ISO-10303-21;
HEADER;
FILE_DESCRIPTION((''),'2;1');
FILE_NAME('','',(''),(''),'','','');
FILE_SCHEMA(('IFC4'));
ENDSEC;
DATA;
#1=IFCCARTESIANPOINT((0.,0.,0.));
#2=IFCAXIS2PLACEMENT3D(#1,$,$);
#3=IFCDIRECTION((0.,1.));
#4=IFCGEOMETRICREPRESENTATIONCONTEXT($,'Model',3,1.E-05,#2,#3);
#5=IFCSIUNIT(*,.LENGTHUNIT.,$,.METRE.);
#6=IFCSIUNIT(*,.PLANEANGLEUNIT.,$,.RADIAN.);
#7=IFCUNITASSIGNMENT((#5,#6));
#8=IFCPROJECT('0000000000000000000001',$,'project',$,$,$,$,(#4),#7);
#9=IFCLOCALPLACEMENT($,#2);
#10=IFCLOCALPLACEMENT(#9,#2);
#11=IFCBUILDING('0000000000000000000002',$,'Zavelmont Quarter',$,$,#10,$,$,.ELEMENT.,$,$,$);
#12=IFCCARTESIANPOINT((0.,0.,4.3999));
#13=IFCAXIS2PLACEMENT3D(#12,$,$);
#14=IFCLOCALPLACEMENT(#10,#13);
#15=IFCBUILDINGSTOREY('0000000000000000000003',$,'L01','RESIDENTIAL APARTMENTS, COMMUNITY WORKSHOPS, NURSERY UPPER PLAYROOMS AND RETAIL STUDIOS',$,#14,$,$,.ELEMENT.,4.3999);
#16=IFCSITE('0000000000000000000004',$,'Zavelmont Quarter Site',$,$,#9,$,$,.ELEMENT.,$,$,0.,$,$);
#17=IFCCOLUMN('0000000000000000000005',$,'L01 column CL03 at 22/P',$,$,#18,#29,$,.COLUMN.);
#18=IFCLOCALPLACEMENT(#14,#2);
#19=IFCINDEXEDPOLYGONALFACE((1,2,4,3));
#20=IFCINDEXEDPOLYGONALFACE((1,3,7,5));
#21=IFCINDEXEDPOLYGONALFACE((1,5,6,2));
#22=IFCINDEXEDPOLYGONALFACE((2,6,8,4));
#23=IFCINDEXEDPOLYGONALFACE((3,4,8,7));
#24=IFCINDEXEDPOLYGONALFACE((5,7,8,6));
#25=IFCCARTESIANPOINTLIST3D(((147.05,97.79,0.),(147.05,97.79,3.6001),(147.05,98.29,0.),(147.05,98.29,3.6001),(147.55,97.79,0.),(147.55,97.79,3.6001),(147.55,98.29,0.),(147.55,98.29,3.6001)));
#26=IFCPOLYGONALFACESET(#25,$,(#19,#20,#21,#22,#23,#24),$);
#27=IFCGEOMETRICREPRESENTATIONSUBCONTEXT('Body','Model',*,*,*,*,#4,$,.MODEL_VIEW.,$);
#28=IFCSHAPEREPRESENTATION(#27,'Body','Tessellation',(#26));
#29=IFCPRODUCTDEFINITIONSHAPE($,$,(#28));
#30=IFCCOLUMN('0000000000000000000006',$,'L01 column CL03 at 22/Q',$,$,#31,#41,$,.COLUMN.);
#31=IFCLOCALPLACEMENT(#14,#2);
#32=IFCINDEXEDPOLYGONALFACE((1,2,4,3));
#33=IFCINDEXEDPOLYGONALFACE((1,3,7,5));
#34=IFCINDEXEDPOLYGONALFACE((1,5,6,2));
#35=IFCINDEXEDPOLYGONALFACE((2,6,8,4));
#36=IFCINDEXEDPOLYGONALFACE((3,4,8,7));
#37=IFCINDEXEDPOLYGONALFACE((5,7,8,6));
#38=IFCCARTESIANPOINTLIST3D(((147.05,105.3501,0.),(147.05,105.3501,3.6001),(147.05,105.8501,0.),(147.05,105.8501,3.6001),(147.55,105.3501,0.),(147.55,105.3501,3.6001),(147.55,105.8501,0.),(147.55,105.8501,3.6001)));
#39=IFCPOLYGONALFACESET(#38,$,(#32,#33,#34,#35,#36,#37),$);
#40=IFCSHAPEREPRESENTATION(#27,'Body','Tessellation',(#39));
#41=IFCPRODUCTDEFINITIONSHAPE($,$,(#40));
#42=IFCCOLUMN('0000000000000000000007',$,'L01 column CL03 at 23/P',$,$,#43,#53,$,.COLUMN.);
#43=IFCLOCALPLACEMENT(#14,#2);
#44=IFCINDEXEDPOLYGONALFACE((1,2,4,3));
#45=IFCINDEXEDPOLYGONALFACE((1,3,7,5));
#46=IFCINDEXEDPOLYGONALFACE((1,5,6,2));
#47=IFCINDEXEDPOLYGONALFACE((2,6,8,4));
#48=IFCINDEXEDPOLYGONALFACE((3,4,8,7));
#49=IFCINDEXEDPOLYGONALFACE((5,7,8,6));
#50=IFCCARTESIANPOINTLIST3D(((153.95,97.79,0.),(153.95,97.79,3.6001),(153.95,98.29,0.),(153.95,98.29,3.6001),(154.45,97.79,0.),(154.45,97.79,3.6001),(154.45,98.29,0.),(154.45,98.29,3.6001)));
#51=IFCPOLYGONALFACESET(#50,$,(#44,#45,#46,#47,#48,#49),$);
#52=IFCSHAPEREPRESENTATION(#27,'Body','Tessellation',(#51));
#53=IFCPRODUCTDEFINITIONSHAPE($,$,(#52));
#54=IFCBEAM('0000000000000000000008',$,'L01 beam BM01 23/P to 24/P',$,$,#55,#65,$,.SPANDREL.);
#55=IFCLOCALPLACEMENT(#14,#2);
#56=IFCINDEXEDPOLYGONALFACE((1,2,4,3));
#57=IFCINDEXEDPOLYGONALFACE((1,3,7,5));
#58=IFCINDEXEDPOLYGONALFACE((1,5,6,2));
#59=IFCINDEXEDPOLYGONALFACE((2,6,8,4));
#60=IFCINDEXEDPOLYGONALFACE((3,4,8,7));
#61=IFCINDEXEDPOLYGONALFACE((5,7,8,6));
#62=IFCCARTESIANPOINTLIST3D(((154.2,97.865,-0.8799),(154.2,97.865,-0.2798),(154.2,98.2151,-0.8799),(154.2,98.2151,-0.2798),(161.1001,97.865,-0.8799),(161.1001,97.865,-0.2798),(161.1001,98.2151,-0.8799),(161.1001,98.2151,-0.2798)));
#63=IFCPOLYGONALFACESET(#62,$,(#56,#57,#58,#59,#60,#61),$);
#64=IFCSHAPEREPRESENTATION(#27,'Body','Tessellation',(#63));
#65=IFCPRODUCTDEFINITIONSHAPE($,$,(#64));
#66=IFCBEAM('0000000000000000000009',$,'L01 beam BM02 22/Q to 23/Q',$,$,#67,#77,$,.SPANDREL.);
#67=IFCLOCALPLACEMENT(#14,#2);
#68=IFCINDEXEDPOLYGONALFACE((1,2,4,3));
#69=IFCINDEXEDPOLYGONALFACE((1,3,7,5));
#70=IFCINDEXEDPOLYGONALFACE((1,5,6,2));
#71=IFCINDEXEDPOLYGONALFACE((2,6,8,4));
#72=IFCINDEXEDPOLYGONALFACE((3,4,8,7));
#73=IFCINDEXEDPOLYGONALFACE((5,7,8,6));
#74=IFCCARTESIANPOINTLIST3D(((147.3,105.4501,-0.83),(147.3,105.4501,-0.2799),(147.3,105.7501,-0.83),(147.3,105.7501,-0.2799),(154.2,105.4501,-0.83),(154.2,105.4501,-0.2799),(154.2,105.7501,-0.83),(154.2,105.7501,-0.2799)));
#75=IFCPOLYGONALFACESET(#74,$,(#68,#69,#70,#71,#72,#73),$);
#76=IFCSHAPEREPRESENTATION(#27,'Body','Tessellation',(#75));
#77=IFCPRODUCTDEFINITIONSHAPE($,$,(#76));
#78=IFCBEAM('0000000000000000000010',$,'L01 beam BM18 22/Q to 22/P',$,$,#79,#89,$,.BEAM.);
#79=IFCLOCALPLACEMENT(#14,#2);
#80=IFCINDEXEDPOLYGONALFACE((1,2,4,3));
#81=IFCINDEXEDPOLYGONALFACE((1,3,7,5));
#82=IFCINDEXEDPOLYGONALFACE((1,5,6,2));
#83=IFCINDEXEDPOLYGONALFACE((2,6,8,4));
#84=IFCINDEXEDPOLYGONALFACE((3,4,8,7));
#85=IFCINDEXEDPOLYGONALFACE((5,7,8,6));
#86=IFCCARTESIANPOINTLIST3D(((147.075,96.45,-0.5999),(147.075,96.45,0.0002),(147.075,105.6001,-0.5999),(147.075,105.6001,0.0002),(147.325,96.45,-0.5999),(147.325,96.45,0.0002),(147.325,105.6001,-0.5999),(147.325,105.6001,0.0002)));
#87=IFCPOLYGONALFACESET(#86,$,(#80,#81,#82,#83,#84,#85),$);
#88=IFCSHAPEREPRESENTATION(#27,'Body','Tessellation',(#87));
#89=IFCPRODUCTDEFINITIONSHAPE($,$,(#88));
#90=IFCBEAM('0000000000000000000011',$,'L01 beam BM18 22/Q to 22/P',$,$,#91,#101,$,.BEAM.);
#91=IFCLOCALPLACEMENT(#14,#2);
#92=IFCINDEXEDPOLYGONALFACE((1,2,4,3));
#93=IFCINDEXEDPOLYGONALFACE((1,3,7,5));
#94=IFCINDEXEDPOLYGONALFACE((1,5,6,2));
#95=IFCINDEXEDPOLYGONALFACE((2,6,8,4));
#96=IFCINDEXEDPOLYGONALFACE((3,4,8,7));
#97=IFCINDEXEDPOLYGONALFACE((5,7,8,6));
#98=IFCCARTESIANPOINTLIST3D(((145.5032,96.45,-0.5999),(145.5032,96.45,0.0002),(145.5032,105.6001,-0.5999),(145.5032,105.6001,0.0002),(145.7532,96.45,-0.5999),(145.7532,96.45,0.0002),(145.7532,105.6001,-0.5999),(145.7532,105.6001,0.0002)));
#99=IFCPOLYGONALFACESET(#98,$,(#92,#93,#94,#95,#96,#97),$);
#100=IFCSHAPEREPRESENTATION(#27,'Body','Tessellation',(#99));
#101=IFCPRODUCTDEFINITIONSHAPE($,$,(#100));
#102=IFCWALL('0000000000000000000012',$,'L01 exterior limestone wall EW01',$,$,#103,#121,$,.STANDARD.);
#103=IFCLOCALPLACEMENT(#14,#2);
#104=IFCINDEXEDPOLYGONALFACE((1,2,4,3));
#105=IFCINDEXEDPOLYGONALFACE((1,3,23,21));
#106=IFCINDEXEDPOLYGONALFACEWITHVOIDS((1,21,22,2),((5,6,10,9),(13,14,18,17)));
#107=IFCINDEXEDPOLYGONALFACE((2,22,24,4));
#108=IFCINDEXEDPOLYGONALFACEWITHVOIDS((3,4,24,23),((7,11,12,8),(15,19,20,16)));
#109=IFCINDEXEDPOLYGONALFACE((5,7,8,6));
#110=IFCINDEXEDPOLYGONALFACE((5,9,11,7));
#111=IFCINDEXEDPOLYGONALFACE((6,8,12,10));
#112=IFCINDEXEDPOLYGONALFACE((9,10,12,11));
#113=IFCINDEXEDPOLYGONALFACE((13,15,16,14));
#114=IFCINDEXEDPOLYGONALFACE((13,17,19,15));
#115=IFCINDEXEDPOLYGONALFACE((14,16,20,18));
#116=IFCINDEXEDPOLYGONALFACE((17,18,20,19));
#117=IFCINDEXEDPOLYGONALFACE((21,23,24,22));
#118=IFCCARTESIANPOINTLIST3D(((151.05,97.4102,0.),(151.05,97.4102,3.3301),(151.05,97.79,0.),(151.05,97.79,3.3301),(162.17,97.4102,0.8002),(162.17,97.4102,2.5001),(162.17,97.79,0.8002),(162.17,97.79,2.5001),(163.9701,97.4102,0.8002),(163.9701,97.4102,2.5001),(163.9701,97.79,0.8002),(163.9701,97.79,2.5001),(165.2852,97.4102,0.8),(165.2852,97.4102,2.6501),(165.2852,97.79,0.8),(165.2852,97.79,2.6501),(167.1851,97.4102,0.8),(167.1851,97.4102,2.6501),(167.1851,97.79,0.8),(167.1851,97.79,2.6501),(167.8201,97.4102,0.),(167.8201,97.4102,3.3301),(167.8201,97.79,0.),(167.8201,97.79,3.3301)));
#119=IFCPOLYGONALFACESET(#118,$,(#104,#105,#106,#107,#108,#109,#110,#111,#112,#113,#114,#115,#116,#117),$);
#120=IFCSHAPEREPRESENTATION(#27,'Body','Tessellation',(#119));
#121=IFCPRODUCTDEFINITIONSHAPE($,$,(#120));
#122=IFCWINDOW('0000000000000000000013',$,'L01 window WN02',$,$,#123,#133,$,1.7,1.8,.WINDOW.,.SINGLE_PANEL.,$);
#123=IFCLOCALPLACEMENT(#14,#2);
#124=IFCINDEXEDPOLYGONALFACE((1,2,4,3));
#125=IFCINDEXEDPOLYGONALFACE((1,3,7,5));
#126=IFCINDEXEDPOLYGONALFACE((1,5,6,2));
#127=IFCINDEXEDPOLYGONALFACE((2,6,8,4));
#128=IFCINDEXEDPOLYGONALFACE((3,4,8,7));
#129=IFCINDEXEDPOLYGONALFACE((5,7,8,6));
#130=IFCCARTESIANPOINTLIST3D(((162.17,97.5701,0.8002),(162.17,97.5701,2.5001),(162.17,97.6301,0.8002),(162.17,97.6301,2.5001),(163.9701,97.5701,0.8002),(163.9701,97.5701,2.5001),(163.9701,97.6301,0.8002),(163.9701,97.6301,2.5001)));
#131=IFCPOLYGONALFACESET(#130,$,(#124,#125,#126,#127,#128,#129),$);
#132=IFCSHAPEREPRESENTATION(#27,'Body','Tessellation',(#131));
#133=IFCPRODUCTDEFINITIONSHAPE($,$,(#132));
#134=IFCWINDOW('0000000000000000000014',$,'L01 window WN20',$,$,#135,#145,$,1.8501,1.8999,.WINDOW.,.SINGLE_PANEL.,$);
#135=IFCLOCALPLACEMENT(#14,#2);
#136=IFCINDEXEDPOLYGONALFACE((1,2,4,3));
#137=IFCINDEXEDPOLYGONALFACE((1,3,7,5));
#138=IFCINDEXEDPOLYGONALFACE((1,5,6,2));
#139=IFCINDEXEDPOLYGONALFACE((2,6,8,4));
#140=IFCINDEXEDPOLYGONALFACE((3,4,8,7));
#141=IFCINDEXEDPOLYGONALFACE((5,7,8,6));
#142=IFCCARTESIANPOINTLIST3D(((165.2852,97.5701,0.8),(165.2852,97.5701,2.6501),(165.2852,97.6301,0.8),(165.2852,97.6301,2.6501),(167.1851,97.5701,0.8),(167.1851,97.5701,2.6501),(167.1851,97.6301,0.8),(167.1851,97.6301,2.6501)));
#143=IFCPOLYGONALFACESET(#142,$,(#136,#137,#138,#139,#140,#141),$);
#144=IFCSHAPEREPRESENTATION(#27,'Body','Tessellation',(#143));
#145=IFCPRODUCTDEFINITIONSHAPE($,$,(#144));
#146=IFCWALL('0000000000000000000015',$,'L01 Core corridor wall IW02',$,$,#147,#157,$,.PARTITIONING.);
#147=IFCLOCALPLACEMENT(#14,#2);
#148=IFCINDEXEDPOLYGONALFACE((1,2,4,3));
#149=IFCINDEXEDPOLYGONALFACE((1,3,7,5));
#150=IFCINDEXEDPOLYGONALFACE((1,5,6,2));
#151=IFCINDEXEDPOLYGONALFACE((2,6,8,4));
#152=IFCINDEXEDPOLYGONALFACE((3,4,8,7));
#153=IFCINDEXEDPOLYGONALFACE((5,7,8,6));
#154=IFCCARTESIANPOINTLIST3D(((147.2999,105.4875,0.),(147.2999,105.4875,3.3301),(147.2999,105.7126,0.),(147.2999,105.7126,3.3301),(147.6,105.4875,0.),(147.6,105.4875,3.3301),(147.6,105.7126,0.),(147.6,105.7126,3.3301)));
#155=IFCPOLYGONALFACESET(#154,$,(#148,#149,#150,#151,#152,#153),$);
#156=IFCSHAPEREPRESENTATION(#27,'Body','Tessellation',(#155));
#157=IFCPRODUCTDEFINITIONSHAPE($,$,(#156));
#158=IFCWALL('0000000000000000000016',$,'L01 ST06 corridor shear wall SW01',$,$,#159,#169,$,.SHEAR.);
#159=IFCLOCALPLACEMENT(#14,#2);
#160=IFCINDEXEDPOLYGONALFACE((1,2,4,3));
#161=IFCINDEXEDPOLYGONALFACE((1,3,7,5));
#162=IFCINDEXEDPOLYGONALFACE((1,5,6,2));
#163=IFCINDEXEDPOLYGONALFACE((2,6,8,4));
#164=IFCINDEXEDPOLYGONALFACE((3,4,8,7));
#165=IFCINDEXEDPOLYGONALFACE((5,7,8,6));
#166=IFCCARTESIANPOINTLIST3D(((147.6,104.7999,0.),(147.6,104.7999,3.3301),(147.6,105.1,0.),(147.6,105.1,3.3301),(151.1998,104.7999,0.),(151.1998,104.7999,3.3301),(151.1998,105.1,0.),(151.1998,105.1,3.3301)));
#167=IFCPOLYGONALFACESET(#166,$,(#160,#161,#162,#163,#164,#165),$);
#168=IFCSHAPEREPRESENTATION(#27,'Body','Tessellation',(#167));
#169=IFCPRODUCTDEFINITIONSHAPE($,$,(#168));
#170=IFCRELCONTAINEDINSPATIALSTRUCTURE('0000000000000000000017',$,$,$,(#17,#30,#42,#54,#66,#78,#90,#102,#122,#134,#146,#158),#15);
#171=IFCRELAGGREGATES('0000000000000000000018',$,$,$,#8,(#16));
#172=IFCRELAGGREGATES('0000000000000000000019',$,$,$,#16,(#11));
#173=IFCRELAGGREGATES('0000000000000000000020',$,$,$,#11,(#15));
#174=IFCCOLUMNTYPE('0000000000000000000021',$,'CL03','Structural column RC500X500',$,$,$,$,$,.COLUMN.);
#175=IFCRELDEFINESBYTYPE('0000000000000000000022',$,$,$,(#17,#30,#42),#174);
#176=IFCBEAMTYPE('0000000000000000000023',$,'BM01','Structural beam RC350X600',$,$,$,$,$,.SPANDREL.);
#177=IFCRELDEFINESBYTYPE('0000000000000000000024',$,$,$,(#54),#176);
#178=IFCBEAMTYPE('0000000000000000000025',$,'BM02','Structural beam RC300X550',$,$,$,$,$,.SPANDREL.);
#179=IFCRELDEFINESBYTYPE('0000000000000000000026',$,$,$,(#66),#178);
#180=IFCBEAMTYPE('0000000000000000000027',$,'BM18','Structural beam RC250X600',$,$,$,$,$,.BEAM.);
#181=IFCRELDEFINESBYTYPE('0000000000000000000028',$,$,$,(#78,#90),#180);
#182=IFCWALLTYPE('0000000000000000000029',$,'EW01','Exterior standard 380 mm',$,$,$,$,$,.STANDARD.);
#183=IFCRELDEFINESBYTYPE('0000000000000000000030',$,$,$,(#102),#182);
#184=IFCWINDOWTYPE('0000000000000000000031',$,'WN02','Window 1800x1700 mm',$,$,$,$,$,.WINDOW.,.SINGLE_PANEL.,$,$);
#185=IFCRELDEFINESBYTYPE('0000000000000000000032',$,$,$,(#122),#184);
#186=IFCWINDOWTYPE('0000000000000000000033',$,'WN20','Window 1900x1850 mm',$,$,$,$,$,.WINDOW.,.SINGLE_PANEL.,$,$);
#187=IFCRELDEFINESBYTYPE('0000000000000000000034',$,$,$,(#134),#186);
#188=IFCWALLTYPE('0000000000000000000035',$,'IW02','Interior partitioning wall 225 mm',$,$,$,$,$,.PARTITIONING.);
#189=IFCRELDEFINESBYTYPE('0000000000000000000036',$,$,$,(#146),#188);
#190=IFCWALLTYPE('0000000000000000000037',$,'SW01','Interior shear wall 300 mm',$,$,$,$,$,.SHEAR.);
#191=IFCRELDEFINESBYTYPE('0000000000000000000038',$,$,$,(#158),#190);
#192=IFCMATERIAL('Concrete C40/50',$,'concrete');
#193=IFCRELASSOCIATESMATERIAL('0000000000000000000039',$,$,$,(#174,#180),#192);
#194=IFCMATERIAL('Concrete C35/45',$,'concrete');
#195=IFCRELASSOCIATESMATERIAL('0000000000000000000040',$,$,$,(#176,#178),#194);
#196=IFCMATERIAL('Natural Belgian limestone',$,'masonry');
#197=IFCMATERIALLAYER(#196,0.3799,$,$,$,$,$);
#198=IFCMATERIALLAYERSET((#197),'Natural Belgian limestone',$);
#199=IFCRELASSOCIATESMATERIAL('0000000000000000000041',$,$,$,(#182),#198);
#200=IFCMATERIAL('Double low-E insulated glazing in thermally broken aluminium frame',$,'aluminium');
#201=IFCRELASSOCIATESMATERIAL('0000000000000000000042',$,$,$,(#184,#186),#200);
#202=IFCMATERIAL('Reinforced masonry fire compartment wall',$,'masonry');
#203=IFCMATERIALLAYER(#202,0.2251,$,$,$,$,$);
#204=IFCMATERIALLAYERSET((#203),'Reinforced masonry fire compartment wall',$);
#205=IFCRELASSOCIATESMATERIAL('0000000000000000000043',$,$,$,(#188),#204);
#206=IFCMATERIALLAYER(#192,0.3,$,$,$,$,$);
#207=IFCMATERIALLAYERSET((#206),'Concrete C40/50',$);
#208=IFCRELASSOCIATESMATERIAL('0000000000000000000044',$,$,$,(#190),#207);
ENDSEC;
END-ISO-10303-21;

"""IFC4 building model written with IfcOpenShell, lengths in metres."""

from ifc_helpers import new_model, si_unit, direction, frame, frame_2d, origin, origin_with_axes, origin_2d, place, context, subcontext, project, spatial, rectangle, extrude, material, layer, layer_set, material_profile, profile_set, type_object, element, fill, save


model = new_model("IFC4")

# Units and contexts
model_context = context("Model", 3, precision=1e-05, world=origin(), true_north=direction((0.0, 1.0)))
body_context = subcontext(model_context, "Body", "Model", "MODEL_VIEW")
ifc_project = project(units=[si_unit("LENGTHUNIT", "METRE"), si_unit("PLANEANGLEUNIT", "RADIAN")], contexts=[model_context])

# Site, building, storey
site_placement = place(None, origin())
site = spatial("IfcSite", under=ifc_project, at=site_placement, Name="Zavelmont Quarter Site", CompositionType="ELEMENT", RefElevation=0.0)
building_placement = place(site_placement, origin())
building = spatial("IfcBuilding", under=site, at=building_placement, Name="Zavelmont Quarter", CompositionType="ELEMENT")
storey_placement = place(building_placement, frame((0.0, 0.0, 4.3999)))
storey = spatial("IfcBuildingStorey", under=building, at=storey_placement, Name="L01", Description="RESIDENTIAL APARTMENTS, COMMUNITY WORKSHOPS, NURSERY UPPER PLAYROOMS AND RETAIL STUDIOS", CompositionType="ELEMENT", Elevation=4.3999)

# Columns
ifc_material_1 = material(Name="Concrete C40/50", Category="concrete")
ifc_material_profile_1 = material_profile(ifc_material_1, rectangle(XDim=0.5, YDim=0.5, at=origin_2d()), Name="RC500X500")
ifc_profile_set_1 = profile_set([ifc_material_profile_1], Name="Concrete C40/50")
column_type = type_object("IfcColumnType", Name="CL03", Description="Structural column RC500X500", PredefinedType="COLUMN", material=ifc_profile_set_1)
for number, where, z_axis, x_axis, name in (
    (1, (147.3, 98.04, 0.0), (0.0, 0.0, 1.0), (1.0, 0.0, 0.0), "L01 column CL03 at 22/P"),
    (2, (147.3, 105.6001, 0.0), (0.0, 0.0, 1.0), (1.0, 0.0, 0.0), "L01 column CL03 at 22/Q"),
    (3, (154.2, 98.04, 0.0), (0.0, 0.0, 1.0), (1.0, 0.0, 0.0), "L01 column CL03 at 23/P"),
):
    element("IfcColumn", number, at=place(storey_placement, frame(where, z_axis=z_axis, x_axis=x_axis)), inside=storey, type_object=column_type, Name=name, PredefinedType="COLUMN", context=body_context, shape_type="SweptSolid", body=[
        extrude(rectangle(XDim=0.5, YDim=0.5, at=origin_2d()), origin(), (0.0, 0.0, 1.0), 3.6001),
    ])

# Beams
ifc_material_2 = material(Name="Concrete C35/45", Category="concrete")
ifc_material_profile_2 = material_profile(ifc_material_2, rectangle(XDim=0.3501, YDim=0.6001, at=origin_2d()), Name="RC350X600")
ifc_profile_set_2 = profile_set([ifc_material_profile_2], Name="Concrete C35/45")
beam_type_1 = type_object("IfcBeamType", Name="BM01", Description="Structural beam RC350X600", PredefinedType="SPANDREL", material=ifc_profile_set_2)
beam_1_placement = place(storey_placement, frame((154.2, 98.04, -0.5798), z_axis=(1.0, 0.0, 0.0), x_axis=(0.0, 1.0, 0.0)))
element("IfcBeam", 4, at=beam_1_placement, inside=storey, type_object=beam_type_1, Name="L01 beam BM01 23/P to 24/P", PredefinedType="SPANDREL", context=body_context, shape_type="SweptSolid", body=[
    extrude(rectangle(XDim=0.3501, YDim=0.6001, at=origin_2d()), origin(), (0.0, 0.0, 1.0), 6.9001),
])
ifc_material_profile_3 = material_profile(ifc_material_2, rectangle(XDim=0.3, YDim=0.55, at=origin_2d()), Name="RC300X550")
ifc_profile_set_3 = profile_set([ifc_material_profile_3], Name="Concrete C35/45")
beam_type_2 = type_object("IfcBeamType", Name="BM02", Description="Structural beam RC300X550", PredefinedType="SPANDREL", material=ifc_profile_set_3)
beam_2_placement = place(storey_placement, frame((147.3, 105.6001, -0.5549), z_axis=(1.0, 0.0, 0.0), x_axis=(0.0, 1.0, 0.0)))
element("IfcBeam", 5, at=beam_2_placement, inside=storey, type_object=beam_type_2, Name="L01 beam BM02 22/Q to 23/Q", PredefinedType="SPANDREL", context=body_context, shape_type="SweptSolid", body=[
    extrude(rectangle(XDim=0.3, YDim=0.55, at=origin_2d()), origin(), (0.0, 0.0, 1.0), 6.8999),
])
ifc_material_profile_4 = material_profile(ifc_material_1, rectangle(XDim=0.25, YDim=0.6001, at=origin_2d()), Name="RC250X600")
ifc_profile_set_4 = profile_set([ifc_material_profile_4], Name="Concrete C40/50")
beam_type_3 = type_object("IfcBeamType", Name="BM18", Description="Structural beam RC250X600", PredefinedType="BEAM", material=ifc_profile_set_4)
for number, where, z_axis, x_axis, name in (
    (6, (147.2, 105.6001, -0.2998), (0.0, -1.0, 0.0), (1.0, 0.0, 0.0), "L01 beam BM18 22/Q to 22/P"),
    (7, (145.6282, 105.6001, -0.2998), (0.0, -1.0, 0.0), (1.0, 0.0, 0.0), "L01 beam BM18 22/Q to 22/P"),
):
    element("IfcBeam", number, at=place(storey_placement, frame(where, z_axis=z_axis, x_axis=x_axis)), inside=storey, type_object=beam_type_3, Name=name, PredefinedType="BEAM", context=body_context, shape_type="SweptSolid", body=[
        extrude(rectangle(XDim=0.25, YDim=0.6001, at=origin_2d()), origin(), (0.0, 0.0, 1.0), 9.1501),
    ])

# Wall, openings, windows
ifc_material_3 = material(Name="Natural Belgian limestone", Category="masonry")
ifc_layer_1 = layer(ifc_material_3, 0.3799)
ifc_layer_set_1 = layer_set([ifc_layer_1], Name="Natural Belgian limestone")
wall_type_1 = type_object("IfcWallType", Name="EW01", Description="Exterior standard 380 mm", PredefinedType="STANDARD", material=ifc_layer_set_1)
wall_1_placement = place(storey_placement, frame((151.05, 97.6001, 0.0), z_axis=(0.0, 0.0, 1.0), x_axis=(1.0, 0.0, 0.0)))
wall_1 = element("IfcWall", 8, at=wall_1_placement, inside=storey, type_object=wall_type_1, Name="L01 exterior limestone wall EW01", PredefinedType="STANDARD", context=body_context, shape_type="SweptSolid", body=[
    extrude(rectangle(XDim=16.77, YDim=0.3799, at=frame_2d((8.385, 0.0))), origin(), (0.0, 0.0, 1.0), 3.3301),
])
opening_1_placement = place(wall_1_placement, frame((11.1201, 0.0, 0.8)))
opening_1 = element("IfcOpeningElement", 9, at=opening_1_placement, cuts=wall_1, PredefinedType="OPENING", context=body_context, shape_type="SweptSolid", body=[
    extrude(rectangle(XDim=1.8, YDim=1.7, at=frame_2d((0.8999, 0.8501))), frame((0.0, 0.2019, 0.0), z_axis=(0.0, -1.0, 0.0), x_axis=(1.0, 0.0, 0.0)), (0.0, 0.0, 1.0), 0.4038),
])
opening_2_placement = place(wall_1_placement, frame((14.2351, 0.0, 0.8)))
opening_2 = element("IfcOpeningElement", 10, at=opening_2_placement, cuts=wall_1, PredefinedType="OPENING", context=body_context, shape_type="SweptSolid", body=[
    extrude(rectangle(XDim=1.8999, YDim=1.8501, at=frame_2d((0.95, 0.925))), frame((0.0, 0.2019, 0.0), z_axis=(0.0, -1.0, 0.0), x_axis=(1.0, 0.0, 0.0)), (0.0, 0.0, 1.0), 0.4038),
])
ifc_material_4 = material(Name="Double low-E insulated glazing in thermally broken aluminium frame", Category="aluminium")
window_type_1 = type_object("IfcWindowType", Name="WN02", Description="Window 1800x1700 mm", PartitioningType="SINGLE_PANEL", PredefinedType="WINDOW", material=ifc_material_4)
window_1_placement = place(opening_1_placement, origin_with_axes())
window_1 = element("IfcWindow", 11, at=window_1_placement, inside=storey, type_object=window_type_1, Name="L01 window WN02", OverallHeight=1.7, OverallWidth=1.8, PartitioningType="SINGLE_PANEL", PredefinedType="WINDOW", context=body_context, shape_type="SweptSolid", body=[
    extrude(rectangle(XDim=1.8, YDim=1.7, at=frame_2d((0.8999, 0.8501))), frame((0.0, 0.03, 0.0), z_axis=(0.0, -1.0, 0.0), x_axis=(1.0, 0.0, 0.0)), (0.0, 0.0, 1.0), 0.0601),
])
fill(opening_1, window_1)
window_type_2 = type_object("IfcWindowType", Name="WN20", Description="Window 1900x1850 mm", PartitioningType="SINGLE_PANEL", PredefinedType="WINDOW", material=ifc_material_4)
window_2_placement = place(opening_2_placement, origin_with_axes())
window_2 = element("IfcWindow", 12, at=window_2_placement, inside=storey, type_object=window_type_2, Name="L01 window WN20", OverallHeight=1.8501, OverallWidth=1.8999, PartitioningType="SINGLE_PANEL", PredefinedType="WINDOW", context=body_context, shape_type="SweptSolid", body=[
    extrude(rectangle(XDim=1.8999, YDim=1.8501, at=frame_2d((0.95, 0.925))), frame((0.0, 0.03, 0.0), z_axis=(0.0, -1.0, 0.0), x_axis=(1.0, 0.0, 0.0)), (0.0, 0.0, 1.0), 0.0601),
])
fill(opening_2, window_2)

# Shared definitions
ifc_material_5 = material(Name="Reinforced masonry fire compartment wall", Category="masonry")
ifc_layer_2 = layer(ifc_material_5, 0.2251)
ifc_layer_set_2 = layer_set([ifc_layer_2], Name="Reinforced masonry fire compartment wall")
wall_type_2 = type_object("IfcWallType", Name="IW02", Description="Interior partitioning wall 225 mm", PredefinedType="PARTITIONING", material=ifc_layer_set_2)

# Walls
wall_2_placement = place(storey_placement, frame((147.3, 105.6001, 0.0), z_axis=(0.0, 0.0, 1.0), x_axis=(1.0, 0.0, 0.0)))
element("IfcWall", 13, at=wall_2_placement, inside=storey, type_object=wall_type_2, Name="L01 Core corridor wall IW02", PredefinedType="PARTITIONING", context=body_context, shape_type="SweptSolid", body=[
    extrude(rectangle(XDim=0.3, YDim=0.2251, at=frame_2d((0.1499, 0.0))), origin(), (0.0, 0.0, 1.0), 3.3301),
])
ifc_layer_3 = layer(ifc_material_1, 0.3)
ifc_layer_set_3 = layer_set([ifc_layer_3], Name="Concrete C40/50")
wall_type_3 = type_object("IfcWallType", Name="SW01", Description="Interior shear wall 300 mm", PredefinedType="SHEAR", material=ifc_layer_set_3)
wall_3_placement = place(storey_placement, frame((147.6001, 104.95, 0.0), z_axis=(0.0, 0.0, 1.0), x_axis=(1.0, 0.0, 0.0)))
element("IfcWall", 14, at=wall_3_placement, inside=storey, type_object=wall_type_3, Name="L01 ST06 corridor shear wall SW01", PredefinedType="SHEAR", context=body_context, shape_type="SweptSolid", body=[
    extrude(rectangle(XDim=3.5999, YDim=0.3, at=frame_2d((1.7998, 0.0))), origin(), (0.0, 0.0, 1.0), 3.3301),
])

save(model, "model.ifc")
